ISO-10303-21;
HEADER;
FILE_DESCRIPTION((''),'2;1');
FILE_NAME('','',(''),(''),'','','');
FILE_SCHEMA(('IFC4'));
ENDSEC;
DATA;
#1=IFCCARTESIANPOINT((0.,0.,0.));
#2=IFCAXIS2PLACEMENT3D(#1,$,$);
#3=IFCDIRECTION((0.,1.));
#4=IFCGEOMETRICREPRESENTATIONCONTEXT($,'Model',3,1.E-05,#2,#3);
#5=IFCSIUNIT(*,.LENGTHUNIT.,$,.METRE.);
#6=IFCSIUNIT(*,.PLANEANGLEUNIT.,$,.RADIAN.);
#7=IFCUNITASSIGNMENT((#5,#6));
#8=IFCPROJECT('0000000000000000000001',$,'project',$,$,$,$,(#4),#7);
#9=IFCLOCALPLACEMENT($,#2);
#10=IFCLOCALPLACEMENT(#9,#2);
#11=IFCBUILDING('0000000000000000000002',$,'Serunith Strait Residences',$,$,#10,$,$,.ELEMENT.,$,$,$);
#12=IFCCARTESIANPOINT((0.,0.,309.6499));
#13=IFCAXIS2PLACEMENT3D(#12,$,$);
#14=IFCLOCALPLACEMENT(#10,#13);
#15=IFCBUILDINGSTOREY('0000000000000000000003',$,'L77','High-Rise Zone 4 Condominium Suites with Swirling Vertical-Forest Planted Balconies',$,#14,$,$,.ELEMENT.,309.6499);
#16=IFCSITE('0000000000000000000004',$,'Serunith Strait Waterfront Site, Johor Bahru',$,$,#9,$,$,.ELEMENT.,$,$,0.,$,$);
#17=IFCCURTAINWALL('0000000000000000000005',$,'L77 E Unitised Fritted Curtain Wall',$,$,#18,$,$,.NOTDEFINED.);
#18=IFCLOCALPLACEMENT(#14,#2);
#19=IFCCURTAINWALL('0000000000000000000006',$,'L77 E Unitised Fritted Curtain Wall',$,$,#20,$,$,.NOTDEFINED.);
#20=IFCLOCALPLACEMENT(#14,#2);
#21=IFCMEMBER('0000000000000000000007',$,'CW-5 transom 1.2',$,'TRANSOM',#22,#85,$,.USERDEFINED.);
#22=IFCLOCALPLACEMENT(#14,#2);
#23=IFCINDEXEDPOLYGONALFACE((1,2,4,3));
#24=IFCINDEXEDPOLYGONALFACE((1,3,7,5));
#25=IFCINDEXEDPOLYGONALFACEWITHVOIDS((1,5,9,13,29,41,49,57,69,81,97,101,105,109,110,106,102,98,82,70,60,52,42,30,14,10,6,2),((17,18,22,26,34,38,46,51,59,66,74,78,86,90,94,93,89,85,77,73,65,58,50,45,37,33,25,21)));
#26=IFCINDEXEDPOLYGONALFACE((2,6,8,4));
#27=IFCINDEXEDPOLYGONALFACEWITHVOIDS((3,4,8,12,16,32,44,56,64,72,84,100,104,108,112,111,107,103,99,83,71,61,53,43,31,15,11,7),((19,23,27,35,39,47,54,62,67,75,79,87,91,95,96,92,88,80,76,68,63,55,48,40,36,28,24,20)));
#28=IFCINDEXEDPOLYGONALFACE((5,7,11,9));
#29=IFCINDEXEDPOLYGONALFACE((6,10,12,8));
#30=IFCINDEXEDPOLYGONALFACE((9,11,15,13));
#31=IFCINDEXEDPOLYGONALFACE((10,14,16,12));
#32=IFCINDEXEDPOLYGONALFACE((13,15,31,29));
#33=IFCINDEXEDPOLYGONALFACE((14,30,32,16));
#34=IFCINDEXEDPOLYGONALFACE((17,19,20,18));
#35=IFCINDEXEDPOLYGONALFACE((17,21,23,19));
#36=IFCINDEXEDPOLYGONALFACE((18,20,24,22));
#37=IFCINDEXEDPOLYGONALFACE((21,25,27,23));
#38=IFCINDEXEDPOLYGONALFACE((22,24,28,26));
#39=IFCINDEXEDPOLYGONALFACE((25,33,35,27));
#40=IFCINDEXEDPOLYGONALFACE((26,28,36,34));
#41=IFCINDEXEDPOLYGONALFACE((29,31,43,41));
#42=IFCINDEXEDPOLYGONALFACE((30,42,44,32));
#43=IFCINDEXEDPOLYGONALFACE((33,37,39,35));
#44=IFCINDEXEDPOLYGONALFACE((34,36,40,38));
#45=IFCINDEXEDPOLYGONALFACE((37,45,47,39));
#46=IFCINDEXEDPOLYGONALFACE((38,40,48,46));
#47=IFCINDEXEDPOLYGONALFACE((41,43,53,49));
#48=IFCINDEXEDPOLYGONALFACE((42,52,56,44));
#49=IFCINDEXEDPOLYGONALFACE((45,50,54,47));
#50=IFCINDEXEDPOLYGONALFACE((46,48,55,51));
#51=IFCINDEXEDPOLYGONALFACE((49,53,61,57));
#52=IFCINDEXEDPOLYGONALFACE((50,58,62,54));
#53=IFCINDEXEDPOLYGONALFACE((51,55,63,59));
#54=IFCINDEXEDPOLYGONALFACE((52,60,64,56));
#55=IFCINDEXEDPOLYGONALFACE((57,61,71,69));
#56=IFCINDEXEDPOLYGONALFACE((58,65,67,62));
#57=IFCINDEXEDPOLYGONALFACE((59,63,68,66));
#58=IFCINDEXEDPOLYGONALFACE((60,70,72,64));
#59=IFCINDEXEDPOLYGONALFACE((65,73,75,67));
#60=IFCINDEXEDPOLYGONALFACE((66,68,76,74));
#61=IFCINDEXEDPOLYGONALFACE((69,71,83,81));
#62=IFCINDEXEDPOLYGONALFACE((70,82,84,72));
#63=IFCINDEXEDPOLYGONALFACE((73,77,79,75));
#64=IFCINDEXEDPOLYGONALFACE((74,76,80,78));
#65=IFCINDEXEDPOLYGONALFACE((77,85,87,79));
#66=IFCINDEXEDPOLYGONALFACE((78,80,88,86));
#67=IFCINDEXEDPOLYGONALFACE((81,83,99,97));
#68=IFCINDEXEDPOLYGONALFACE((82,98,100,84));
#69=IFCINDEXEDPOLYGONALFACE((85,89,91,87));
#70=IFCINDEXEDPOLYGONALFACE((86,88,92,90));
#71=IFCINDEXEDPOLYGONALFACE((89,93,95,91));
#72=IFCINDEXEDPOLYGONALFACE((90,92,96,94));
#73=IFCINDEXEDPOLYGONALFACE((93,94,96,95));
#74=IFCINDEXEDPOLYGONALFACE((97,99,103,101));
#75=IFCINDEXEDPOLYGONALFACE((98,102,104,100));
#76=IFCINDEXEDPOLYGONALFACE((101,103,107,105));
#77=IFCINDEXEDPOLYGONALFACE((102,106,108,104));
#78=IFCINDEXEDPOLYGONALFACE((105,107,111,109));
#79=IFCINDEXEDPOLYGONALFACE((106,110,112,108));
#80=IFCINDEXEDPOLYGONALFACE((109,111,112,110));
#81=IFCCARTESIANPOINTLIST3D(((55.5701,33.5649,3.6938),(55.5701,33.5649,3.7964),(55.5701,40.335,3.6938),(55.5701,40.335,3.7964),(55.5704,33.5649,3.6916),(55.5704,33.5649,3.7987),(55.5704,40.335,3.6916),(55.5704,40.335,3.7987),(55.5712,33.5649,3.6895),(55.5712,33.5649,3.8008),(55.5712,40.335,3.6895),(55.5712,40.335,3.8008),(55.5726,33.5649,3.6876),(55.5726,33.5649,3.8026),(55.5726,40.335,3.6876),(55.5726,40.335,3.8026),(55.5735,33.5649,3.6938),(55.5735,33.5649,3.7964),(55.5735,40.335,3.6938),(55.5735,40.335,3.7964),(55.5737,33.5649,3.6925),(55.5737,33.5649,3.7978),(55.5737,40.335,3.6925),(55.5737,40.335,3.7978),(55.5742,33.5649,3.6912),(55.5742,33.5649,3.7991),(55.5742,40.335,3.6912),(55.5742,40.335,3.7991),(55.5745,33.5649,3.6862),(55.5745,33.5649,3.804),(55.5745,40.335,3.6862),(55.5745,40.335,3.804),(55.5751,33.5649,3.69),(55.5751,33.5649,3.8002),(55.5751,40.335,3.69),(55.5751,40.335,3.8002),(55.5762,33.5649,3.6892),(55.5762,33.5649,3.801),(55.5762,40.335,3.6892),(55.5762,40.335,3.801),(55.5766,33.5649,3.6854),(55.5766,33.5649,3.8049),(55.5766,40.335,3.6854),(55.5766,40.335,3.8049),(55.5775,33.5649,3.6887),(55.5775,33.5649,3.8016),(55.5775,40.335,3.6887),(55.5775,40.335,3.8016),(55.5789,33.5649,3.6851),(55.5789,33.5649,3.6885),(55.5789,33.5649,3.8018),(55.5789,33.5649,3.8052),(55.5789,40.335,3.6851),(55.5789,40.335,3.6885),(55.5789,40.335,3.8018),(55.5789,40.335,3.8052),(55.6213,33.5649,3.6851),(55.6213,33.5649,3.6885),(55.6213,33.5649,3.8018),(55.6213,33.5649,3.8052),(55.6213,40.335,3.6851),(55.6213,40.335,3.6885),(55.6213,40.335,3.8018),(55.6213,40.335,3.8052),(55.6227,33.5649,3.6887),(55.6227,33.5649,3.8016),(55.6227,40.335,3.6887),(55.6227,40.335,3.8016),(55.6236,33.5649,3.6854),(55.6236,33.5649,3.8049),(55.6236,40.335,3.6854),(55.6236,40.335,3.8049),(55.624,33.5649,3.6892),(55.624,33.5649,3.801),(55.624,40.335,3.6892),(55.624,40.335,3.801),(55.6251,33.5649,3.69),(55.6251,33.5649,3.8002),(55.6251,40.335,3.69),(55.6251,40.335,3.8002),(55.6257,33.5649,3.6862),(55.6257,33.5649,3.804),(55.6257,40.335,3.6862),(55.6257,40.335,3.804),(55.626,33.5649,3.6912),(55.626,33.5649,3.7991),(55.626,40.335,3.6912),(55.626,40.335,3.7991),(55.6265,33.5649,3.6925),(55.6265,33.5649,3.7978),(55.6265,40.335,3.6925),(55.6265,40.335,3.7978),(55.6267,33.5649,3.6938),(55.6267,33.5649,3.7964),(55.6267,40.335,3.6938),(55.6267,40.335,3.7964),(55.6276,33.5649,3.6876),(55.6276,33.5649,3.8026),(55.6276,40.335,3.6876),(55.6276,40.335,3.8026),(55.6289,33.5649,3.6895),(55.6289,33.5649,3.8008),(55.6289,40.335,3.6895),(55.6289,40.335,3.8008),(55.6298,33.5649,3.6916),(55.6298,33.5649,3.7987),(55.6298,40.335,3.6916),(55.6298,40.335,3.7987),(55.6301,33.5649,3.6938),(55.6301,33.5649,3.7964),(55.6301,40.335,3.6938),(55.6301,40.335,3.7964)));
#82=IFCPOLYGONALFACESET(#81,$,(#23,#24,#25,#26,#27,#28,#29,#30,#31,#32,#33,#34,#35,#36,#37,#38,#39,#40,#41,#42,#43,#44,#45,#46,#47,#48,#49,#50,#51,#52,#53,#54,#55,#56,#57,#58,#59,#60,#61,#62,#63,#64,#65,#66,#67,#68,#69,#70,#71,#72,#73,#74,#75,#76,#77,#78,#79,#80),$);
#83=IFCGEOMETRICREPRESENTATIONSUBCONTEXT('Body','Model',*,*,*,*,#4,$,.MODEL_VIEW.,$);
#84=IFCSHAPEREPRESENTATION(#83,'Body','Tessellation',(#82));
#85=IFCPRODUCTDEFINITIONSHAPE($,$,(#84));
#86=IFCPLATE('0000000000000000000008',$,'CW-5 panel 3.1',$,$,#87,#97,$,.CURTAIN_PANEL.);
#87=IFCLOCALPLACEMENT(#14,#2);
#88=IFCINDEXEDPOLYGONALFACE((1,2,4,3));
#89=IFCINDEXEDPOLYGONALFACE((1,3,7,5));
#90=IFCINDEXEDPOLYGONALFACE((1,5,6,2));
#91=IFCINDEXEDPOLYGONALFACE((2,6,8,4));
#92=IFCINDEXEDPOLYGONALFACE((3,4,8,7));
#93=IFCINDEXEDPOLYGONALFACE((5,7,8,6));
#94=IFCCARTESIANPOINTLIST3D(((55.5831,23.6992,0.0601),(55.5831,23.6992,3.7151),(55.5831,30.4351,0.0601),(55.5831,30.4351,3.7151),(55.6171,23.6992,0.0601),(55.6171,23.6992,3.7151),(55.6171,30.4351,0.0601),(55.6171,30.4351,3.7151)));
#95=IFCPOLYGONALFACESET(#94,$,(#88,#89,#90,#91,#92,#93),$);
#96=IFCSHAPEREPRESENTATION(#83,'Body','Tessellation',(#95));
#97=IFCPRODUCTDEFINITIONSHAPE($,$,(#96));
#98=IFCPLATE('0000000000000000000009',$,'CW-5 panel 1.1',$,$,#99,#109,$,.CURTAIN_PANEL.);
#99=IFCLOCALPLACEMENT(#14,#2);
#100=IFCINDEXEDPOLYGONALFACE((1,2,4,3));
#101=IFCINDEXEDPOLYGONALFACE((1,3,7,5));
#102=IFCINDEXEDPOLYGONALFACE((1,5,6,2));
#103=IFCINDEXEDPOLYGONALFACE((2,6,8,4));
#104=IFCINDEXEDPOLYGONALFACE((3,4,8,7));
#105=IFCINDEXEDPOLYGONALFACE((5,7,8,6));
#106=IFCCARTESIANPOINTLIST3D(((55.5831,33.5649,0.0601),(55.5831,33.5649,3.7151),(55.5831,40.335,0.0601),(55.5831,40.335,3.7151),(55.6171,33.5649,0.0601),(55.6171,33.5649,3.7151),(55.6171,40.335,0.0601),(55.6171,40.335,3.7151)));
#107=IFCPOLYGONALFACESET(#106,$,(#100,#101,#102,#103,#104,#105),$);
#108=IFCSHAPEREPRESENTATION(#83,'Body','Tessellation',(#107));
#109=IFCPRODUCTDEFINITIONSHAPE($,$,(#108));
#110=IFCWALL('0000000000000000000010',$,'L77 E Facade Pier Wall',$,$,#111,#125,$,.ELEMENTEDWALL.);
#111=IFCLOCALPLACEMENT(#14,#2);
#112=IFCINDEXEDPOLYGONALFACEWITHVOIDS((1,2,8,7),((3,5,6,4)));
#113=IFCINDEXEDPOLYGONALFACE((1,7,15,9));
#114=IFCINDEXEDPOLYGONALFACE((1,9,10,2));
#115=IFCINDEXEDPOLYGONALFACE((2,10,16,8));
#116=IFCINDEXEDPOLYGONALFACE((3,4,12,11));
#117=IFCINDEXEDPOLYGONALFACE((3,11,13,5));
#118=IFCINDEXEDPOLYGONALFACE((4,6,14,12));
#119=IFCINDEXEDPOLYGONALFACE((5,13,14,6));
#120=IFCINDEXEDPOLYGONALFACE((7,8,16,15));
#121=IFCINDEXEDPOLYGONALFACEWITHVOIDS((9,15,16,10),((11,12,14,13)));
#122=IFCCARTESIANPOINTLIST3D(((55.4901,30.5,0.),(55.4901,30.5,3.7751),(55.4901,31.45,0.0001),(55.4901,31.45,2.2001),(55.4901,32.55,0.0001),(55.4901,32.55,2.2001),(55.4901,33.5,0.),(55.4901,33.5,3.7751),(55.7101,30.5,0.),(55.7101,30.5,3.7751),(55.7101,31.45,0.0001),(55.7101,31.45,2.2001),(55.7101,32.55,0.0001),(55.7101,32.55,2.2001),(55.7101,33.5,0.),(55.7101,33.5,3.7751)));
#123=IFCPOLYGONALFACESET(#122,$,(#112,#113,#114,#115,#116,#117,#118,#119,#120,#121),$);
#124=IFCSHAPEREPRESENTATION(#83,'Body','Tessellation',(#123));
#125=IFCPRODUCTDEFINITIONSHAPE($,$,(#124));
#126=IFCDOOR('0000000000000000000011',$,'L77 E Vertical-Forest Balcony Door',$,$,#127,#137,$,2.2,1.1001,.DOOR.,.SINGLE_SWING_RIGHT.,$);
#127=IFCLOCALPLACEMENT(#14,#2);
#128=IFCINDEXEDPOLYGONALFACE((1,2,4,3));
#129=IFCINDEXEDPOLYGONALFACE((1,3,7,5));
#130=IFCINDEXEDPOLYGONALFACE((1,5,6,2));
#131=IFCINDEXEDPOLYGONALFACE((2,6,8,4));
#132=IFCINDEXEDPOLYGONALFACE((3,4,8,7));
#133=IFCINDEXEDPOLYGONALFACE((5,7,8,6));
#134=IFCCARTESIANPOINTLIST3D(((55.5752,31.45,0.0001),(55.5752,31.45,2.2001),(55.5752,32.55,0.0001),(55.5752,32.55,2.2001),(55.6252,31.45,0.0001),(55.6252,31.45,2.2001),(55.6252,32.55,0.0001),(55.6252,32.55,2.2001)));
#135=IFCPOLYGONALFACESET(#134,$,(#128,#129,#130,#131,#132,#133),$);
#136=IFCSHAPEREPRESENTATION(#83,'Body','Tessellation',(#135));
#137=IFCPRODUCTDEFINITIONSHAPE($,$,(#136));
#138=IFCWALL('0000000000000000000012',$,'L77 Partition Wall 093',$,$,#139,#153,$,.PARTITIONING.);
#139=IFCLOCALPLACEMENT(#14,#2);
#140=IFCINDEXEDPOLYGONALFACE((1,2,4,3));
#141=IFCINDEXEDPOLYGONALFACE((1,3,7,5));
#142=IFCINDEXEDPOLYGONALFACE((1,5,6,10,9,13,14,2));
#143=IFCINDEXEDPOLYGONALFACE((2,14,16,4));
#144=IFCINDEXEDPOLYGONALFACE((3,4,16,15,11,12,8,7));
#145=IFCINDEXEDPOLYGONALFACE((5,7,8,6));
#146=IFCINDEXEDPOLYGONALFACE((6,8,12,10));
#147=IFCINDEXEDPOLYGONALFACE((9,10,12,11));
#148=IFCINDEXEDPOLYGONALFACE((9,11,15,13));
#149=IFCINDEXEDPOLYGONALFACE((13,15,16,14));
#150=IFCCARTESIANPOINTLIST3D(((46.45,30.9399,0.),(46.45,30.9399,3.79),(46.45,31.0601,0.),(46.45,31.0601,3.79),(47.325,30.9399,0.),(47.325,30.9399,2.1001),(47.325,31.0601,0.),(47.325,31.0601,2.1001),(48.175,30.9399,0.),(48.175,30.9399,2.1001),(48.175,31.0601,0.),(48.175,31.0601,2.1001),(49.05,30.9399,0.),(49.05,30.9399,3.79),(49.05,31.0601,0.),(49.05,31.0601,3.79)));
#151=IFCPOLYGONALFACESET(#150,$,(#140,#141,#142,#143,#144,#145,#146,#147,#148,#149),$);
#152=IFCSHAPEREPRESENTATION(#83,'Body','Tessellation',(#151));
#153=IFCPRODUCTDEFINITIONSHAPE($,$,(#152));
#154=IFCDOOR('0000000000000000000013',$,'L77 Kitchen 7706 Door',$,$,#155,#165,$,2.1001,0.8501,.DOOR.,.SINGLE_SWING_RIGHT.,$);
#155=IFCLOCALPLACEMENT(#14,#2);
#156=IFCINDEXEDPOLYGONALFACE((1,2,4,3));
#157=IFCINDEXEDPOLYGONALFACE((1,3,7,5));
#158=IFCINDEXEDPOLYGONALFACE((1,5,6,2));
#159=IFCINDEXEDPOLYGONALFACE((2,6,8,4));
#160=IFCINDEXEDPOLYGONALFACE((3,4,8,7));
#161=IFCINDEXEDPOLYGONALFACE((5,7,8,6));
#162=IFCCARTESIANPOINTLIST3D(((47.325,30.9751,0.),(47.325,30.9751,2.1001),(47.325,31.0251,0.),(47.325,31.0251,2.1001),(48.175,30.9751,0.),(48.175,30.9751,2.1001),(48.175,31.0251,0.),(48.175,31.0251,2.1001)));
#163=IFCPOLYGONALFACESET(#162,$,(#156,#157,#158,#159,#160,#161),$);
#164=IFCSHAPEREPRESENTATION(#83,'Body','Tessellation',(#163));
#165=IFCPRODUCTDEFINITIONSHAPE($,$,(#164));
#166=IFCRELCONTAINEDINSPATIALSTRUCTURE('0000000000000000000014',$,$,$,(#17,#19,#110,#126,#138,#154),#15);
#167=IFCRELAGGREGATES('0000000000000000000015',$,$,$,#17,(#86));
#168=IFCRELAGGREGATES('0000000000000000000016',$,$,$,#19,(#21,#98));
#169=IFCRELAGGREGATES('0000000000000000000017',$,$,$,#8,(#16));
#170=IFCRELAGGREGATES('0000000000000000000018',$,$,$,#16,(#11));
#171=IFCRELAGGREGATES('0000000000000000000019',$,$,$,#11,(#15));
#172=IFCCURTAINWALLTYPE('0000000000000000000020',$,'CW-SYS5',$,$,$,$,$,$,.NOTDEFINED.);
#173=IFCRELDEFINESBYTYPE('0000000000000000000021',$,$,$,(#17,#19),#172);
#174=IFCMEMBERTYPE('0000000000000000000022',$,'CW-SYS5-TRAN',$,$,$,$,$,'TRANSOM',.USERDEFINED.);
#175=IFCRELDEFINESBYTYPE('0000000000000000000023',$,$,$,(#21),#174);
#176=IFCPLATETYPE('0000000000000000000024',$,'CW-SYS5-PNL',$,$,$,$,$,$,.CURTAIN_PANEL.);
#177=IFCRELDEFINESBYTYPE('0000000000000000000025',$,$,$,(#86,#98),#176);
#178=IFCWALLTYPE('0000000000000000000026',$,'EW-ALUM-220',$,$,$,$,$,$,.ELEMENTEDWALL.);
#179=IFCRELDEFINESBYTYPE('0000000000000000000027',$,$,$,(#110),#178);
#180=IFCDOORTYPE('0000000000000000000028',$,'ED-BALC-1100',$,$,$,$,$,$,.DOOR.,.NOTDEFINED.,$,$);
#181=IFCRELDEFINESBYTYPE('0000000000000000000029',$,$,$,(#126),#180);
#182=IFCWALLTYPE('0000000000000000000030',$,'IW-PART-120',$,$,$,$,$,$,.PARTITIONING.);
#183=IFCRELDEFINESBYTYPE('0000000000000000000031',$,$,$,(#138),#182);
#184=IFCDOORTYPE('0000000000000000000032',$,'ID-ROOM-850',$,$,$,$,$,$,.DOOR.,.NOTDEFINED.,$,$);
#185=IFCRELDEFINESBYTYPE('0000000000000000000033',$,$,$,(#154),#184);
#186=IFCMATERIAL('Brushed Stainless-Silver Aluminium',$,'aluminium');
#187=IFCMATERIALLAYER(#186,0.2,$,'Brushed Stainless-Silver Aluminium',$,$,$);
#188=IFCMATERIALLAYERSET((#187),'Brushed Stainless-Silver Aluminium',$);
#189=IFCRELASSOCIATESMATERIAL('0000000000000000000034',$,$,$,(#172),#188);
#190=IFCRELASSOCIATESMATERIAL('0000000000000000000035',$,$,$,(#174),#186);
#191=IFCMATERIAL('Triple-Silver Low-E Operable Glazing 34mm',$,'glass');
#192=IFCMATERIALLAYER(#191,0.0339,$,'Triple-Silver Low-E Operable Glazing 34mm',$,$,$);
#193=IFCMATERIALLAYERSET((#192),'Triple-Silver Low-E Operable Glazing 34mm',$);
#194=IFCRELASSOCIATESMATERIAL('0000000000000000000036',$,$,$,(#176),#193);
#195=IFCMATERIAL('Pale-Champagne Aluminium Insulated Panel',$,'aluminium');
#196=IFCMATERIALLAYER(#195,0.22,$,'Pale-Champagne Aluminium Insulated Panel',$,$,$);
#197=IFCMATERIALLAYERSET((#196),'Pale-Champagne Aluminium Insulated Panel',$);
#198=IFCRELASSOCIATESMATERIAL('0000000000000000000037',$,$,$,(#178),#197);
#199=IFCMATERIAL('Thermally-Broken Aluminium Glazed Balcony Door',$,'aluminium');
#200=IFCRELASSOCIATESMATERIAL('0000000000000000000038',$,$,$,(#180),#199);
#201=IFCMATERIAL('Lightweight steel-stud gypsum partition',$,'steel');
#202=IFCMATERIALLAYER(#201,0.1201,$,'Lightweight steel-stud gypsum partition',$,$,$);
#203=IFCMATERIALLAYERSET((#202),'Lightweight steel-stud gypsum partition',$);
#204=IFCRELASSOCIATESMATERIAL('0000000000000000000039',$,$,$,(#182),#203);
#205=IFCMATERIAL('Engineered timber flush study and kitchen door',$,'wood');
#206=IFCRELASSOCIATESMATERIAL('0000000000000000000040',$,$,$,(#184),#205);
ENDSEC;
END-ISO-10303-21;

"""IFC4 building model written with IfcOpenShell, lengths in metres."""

from ifc_helpers import new_model, si_unit, direction, frame, frame_2d, origin, origin_2d, place, context, subcontext, project, spatial, rectangle, hollow_rectangle, extrude, source, transform, mapped, material, layer, layer_set, material_profile, profile_set, type_object, element, fill, aggregate, save


model = new_model("IFC4")

# Units and contexts
model_context = context("Model", 3, precision=1e-05, world=origin(), true_north=direction((0.0, 1.0)))
body_context = subcontext(model_context, "Body", "Model", "MODEL_VIEW")
ifc_project = project(units=[si_unit("LENGTHUNIT", "METRE"), si_unit("PLANEANGLEUNIT", "RADIAN")], contexts=[model_context])

# Site, building, storey
site_placement = place(None, origin())
site = spatial("IfcSite", under=ifc_project, at=site_placement, Name="Serunith Strait Waterfront Site, Johor Bahru", CompositionType="ELEMENT", RefElevation=0.0)
building_placement = place(site_placement, origin())
building = spatial("IfcBuilding", under=site, at=building_placement, Name="Serunith Strait Residences", CompositionType="ELEMENT")
storey_placement = place(building_placement, frame((0.0, 0.0, 309.6499)))
storey = spatial("IfcBuildingStorey", under=building, at=storey_placement, Name="L77", Description="High-Rise Zone 4 Condominium Suites with Swirling Vertical-Forest Planted Balconies", CompositionType="ELEMENT", Elevation=309.6499)

# Curtain wall
ifc_material_1 = material(Name="Brushed Stainless-Silver Aluminium", Category="aluminium")
ifc_layer_1 = layer(ifc_material_1, 0.2, Name="Brushed Stainless-Silver Aluminium")
ifc_layer_set_1 = layer_set([ifc_layer_1], Name="Brushed Stainless-Silver Aluminium")
curtain_wall_type = type_object("IfcCurtainWallType", Name="CW-SYS5", PredefinedType="NOTDEFINED", material=ifc_layer_set_1)
curtain_wall_1_placement = place(storey_placement, origin())
curtain_wall_1 = element("IfcCurtainWall", 1, at=curtain_wall_1_placement, inside=storey, type_object=curtain_wall_type, Name="L77 E Unitised Fritted Curtain Wall", PredefinedType="NOTDEFINED")

# Curtain wall
curtain_wall_2_placement = place(storey_placement, origin())
curtain_wall_2 = element("IfcCurtainWall", 2, at=curtain_wall_2_placement, inside=storey, type_object=curtain_wall_type, Name="L77 E Unitised Fritted Curtain Wall", PredefinedType="NOTDEFINED")

# Member
ifc_material_profile_1 = material_profile(ifc_material_1, hollow_rectangle(XDim=0.0601, YDim=0.1201, WallThickness=0.0034, InnerFilletRadius=0.0054, OuterFilletRadius=0.0088, at=origin_2d()), Name="ALU 120x60x3.5")
ifc_profile_set_1 = profile_set([ifc_material_profile_1], Name="Brushed Stainless-Silver Aluminium")
member_type_1 = type_object("IfcMemberType", Name="CW-SYS5-TRAN", ElementType="TRANSOM", PredefinedType="USERDEFINED", material=ifc_profile_set_1)
shared_shape_1 = source(origin(), body_context, "Body", "SweptSolid", [
    extrude(hollow_rectangle(XDim=0.0601, YDim=0.1201, WallThickness=0.0034, InnerFilletRadius=0.0054, OuterFilletRadius=0.0088, at=origin_2d()), origin(), (0.0, 0.0, 1.0), 6.77),
])
member_1_placement = place(storey_placement, frame((55.6001, 33.5649, 3.7451), z_axis=(0.0, 1.0, 0.0), x_axis=(-1.0, 0.0, 0.0)))
member_1 = element("IfcMember", 3, at=member_1_placement, type_object=member_type_1, Name="CW-5 transom 1.2", ObjectType="TRANSOM", PredefinedType="USERDEFINED", context=body_context, shape_type="MappedRepresentation", body=[
    mapped(shared_shape_1, transform((0.0, 0.0, 0.0), scale=1.0)),
])

# Plates
ifc_material_2 = material(Name="Triple-Silver Low-E Operable Glazing 34mm", Category="glass")
ifc_layer_2 = layer(ifc_material_2, 0.0339, Name="Triple-Silver Low-E Operable Glazing 34mm")
ifc_layer_set_2 = layer_set([ifc_layer_2], Name="Triple-Silver Low-E Operable Glazing 34mm")
plate_type = type_object("IfcPlateType", Name="CW-SYS5-PNL", PredefinedType="CURTAIN_PANEL", material=ifc_layer_set_2)
shared_shape_2 = source(origin(), body_context, "Body", "SweptSolid", [
    extrude(rectangle(XDim=6.7358, YDim=0.0339, at=origin_2d()), origin(), (0.0, 0.0, 1.0), 3.655),
])
plate_1_placement = place(storey_placement, frame((55.6001, 27.0671, 0.0601), z_axis=(0.0, 0.0, 1.0), x_axis=(0.0, 1.0, 0.0)))
plate_1 = element("IfcPlate", 4, at=plate_1_placement, type_object=plate_type, Name="CW-5 panel 3.1", PredefinedType="CURTAIN_PANEL", context=body_context, shape_type="MappedRepresentation", body=[
    mapped(shared_shape_2, transform((0.0, 0.0, 0.0), scale=1.0)),
])
aggregate(curtain_wall_1, [plate_1])
shared_shape_3 = source(origin(), body_context, "Body", "SweptSolid", [
    extrude(rectangle(XDim=6.77, YDim=0.0339, at=origin_2d()), origin(), (0.0, 0.0, 1.0), 3.655),
])
plate_2_placement = place(storey_placement, frame((55.6001, 36.95, 0.0601), z_axis=(0.0, 0.0, 1.0), x_axis=(0.0, 1.0, 0.0)))
plate_2 = element("IfcPlate", 5, at=plate_2_placement, type_object=plate_type, Name="CW-5 panel 1.1", PredefinedType="CURTAIN_PANEL", context=body_context, shape_type="MappedRepresentation", body=[
    mapped(shared_shape_3, transform((0.0, 0.0, 0.0), scale=1.0)),
])
aggregate(curtain_wall_2, [member_1, plate_2])

# Walls, openings, doors
ifc_material_3 = material(Name="Pale-Champagne Aluminium Insulated Panel", Category="aluminium")
ifc_layer_3 = layer(ifc_material_3, 0.22, Name="Pale-Champagne Aluminium Insulated Panel")
ifc_layer_set_3 = layer_set([ifc_layer_3], Name="Pale-Champagne Aluminium Insulated Panel")
wall_type_1 = type_object("IfcWallType", Name="EW-ALUM-220", PredefinedType="ELEMENTEDWALL", material=ifc_layer_set_3)
wall_1_placement = place(storey_placement, frame((55.6001, 30.5, 0.0), z_axis=(0.0, 0.0, 1.0), x_axis=(0.0, 1.0, 0.0)))
wall_1 = element("IfcWall", 6, at=wall_1_placement, inside=storey, type_object=wall_type_1, Name="L77 E Facade Pier Wall", PredefinedType="ELEMENTEDWALL", context=body_context, shape_type="SweptSolid", body=[
    extrude(rectangle(XDim=3.0, YDim=0.22, at=frame_2d((1.5, 0.0))), origin(), (0.0, 0.0, 1.0), 3.7751),
])
opening_1_placement = place(wall_1_placement, frame((0.95, 0.0, 0.0)))
opening_1 = element("IfcOpeningElement", 7, at=opening_1_placement, cuts=wall_1, PredefinedType="OPENING", context=body_context, shape_type="SweptSolid", body=[
    extrude(rectangle(XDim=1.1001, YDim=2.2, at=frame_2d((0.55, 1.1001))), frame((0.0, 0.1201, 0.0), z_axis=(0.0, -1.0, 0.0), x_axis=(1.0, 0.0, 0.0)), (0.0, 0.0, 1.0), 0.24),
])
ifc_material_4 = material(Name="Thermally-Broken Aluminium Glazed Balcony Door", Category="aluminium")
door_type_1 = type_object("IfcDoorType", Name="ED-BALC-1100", OperationType="NOTDEFINED", PredefinedType="DOOR", material=ifc_material_4)
shared_shape_4 = source(origin(), body_context, "Body", "SweptSolid", [
    extrude(rectangle(XDim=1.1001, YDim=2.2, at=frame_2d((0.55, 1.1001))), frame((0.0, 0.0249, 0.0), z_axis=(0.0, -1.0, 0.0), x_axis=(1.0, 0.0, 0.0)), (0.0, 0.0, 1.0), 0.05),
])
door_1_placement = place(opening_1_placement, origin())
door_1 = element("IfcDoor", 8, at=door_1_placement, inside=storey, type_object=door_type_1, Name="L77 E Vertical-Forest Balcony Door", OperationType="SINGLE_SWING_RIGHT", OverallHeight=2.2, OverallWidth=1.1001, PredefinedType="DOOR", context=body_context, shape_type="MappedRepresentation", body=[
    mapped(shared_shape_4, transform((0.0, 0.0, 0.0), scale=1.0)),
])
fill(opening_1, door_1)
ifc_material_5 = material(Name="Lightweight steel-stud gypsum partition", Category="steel")
ifc_layer_4 = layer(ifc_material_5, 0.1201, Name="Lightweight steel-stud gypsum partition")
ifc_layer_set_4 = layer_set([ifc_layer_4], Name="Lightweight steel-stud gypsum partition")
wall_type_2 = type_object("IfcWallType", Name="IW-PART-120", PredefinedType="PARTITIONING", material=ifc_layer_set_4)
wall_2_placement = place(storey_placement, frame((49.05, 31.0, 0.0), z_axis=(0.0, 0.0, 1.0), x_axis=(-1.0, 0.0, 0.0)))
wall_2 = element("IfcWall", 9, at=wall_2_placement, inside=storey, type_object=wall_type_2, Name="L77 Partition Wall 093", PredefinedType="PARTITIONING", context=body_context, shape_type="SweptSolid", body=[
    extrude(rectangle(XDim=2.6001, YDim=0.1201, at=frame_2d((1.3, 0.0))), origin(), (0.0, 0.0, 1.0), 3.79),
])
opening_2_placement = place(wall_2_placement, frame((0.875, 0.0, 0.0)))
opening_2 = element("IfcOpeningElement", 10, at=opening_2_placement, cuts=wall_2, PredefinedType="OPENING", context=body_context, shape_type="SweptSolid", body=[
    extrude(rectangle(XDim=0.8501, YDim=2.1001, at=frame_2d((0.425, 1.05))), frame((0.0, 0.0701, 0.0), z_axis=(0.0, -1.0, 0.0), x_axis=(1.0, 0.0, 0.0)), (0.0, 0.0, 1.0), 0.1401),
])
ifc_material_6 = material(Name="Engineered timber flush study and kitchen door", Category="wood")
door_type_2 = type_object("IfcDoorType", Name="ID-ROOM-850", OperationType="NOTDEFINED", PredefinedType="DOOR", material=ifc_material_6)
shared_shape_5 = source(origin(), body_context, "Body", "SweptSolid", [
    extrude(rectangle(XDim=0.8501, YDim=2.1001, at=frame_2d((0.425, 1.05))), frame((0.0, 0.0249, 0.0), z_axis=(0.0, -1.0, 0.0), x_axis=(1.0, 0.0, 0.0)), (0.0, 0.0, 1.0), 0.05),
])
door_2_placement = place(opening_2_placement, origin())
door_2 = element("IfcDoor", 11, at=door_2_placement, inside=storey, type_object=door_type_2, Name="L77 Kitchen 7706 Door", OperationType="SINGLE_SWING_RIGHT", OverallHeight=2.1001, OverallWidth=0.8501, PredefinedType="DOOR", context=body_context, shape_type="MappedRepresentation", body=[
    mapped(shared_shape_5, transform((0.0, 0.0, 0.0), scale=1.0)),
])
fill(opening_2, door_2)

save(model, "model.ifc")
